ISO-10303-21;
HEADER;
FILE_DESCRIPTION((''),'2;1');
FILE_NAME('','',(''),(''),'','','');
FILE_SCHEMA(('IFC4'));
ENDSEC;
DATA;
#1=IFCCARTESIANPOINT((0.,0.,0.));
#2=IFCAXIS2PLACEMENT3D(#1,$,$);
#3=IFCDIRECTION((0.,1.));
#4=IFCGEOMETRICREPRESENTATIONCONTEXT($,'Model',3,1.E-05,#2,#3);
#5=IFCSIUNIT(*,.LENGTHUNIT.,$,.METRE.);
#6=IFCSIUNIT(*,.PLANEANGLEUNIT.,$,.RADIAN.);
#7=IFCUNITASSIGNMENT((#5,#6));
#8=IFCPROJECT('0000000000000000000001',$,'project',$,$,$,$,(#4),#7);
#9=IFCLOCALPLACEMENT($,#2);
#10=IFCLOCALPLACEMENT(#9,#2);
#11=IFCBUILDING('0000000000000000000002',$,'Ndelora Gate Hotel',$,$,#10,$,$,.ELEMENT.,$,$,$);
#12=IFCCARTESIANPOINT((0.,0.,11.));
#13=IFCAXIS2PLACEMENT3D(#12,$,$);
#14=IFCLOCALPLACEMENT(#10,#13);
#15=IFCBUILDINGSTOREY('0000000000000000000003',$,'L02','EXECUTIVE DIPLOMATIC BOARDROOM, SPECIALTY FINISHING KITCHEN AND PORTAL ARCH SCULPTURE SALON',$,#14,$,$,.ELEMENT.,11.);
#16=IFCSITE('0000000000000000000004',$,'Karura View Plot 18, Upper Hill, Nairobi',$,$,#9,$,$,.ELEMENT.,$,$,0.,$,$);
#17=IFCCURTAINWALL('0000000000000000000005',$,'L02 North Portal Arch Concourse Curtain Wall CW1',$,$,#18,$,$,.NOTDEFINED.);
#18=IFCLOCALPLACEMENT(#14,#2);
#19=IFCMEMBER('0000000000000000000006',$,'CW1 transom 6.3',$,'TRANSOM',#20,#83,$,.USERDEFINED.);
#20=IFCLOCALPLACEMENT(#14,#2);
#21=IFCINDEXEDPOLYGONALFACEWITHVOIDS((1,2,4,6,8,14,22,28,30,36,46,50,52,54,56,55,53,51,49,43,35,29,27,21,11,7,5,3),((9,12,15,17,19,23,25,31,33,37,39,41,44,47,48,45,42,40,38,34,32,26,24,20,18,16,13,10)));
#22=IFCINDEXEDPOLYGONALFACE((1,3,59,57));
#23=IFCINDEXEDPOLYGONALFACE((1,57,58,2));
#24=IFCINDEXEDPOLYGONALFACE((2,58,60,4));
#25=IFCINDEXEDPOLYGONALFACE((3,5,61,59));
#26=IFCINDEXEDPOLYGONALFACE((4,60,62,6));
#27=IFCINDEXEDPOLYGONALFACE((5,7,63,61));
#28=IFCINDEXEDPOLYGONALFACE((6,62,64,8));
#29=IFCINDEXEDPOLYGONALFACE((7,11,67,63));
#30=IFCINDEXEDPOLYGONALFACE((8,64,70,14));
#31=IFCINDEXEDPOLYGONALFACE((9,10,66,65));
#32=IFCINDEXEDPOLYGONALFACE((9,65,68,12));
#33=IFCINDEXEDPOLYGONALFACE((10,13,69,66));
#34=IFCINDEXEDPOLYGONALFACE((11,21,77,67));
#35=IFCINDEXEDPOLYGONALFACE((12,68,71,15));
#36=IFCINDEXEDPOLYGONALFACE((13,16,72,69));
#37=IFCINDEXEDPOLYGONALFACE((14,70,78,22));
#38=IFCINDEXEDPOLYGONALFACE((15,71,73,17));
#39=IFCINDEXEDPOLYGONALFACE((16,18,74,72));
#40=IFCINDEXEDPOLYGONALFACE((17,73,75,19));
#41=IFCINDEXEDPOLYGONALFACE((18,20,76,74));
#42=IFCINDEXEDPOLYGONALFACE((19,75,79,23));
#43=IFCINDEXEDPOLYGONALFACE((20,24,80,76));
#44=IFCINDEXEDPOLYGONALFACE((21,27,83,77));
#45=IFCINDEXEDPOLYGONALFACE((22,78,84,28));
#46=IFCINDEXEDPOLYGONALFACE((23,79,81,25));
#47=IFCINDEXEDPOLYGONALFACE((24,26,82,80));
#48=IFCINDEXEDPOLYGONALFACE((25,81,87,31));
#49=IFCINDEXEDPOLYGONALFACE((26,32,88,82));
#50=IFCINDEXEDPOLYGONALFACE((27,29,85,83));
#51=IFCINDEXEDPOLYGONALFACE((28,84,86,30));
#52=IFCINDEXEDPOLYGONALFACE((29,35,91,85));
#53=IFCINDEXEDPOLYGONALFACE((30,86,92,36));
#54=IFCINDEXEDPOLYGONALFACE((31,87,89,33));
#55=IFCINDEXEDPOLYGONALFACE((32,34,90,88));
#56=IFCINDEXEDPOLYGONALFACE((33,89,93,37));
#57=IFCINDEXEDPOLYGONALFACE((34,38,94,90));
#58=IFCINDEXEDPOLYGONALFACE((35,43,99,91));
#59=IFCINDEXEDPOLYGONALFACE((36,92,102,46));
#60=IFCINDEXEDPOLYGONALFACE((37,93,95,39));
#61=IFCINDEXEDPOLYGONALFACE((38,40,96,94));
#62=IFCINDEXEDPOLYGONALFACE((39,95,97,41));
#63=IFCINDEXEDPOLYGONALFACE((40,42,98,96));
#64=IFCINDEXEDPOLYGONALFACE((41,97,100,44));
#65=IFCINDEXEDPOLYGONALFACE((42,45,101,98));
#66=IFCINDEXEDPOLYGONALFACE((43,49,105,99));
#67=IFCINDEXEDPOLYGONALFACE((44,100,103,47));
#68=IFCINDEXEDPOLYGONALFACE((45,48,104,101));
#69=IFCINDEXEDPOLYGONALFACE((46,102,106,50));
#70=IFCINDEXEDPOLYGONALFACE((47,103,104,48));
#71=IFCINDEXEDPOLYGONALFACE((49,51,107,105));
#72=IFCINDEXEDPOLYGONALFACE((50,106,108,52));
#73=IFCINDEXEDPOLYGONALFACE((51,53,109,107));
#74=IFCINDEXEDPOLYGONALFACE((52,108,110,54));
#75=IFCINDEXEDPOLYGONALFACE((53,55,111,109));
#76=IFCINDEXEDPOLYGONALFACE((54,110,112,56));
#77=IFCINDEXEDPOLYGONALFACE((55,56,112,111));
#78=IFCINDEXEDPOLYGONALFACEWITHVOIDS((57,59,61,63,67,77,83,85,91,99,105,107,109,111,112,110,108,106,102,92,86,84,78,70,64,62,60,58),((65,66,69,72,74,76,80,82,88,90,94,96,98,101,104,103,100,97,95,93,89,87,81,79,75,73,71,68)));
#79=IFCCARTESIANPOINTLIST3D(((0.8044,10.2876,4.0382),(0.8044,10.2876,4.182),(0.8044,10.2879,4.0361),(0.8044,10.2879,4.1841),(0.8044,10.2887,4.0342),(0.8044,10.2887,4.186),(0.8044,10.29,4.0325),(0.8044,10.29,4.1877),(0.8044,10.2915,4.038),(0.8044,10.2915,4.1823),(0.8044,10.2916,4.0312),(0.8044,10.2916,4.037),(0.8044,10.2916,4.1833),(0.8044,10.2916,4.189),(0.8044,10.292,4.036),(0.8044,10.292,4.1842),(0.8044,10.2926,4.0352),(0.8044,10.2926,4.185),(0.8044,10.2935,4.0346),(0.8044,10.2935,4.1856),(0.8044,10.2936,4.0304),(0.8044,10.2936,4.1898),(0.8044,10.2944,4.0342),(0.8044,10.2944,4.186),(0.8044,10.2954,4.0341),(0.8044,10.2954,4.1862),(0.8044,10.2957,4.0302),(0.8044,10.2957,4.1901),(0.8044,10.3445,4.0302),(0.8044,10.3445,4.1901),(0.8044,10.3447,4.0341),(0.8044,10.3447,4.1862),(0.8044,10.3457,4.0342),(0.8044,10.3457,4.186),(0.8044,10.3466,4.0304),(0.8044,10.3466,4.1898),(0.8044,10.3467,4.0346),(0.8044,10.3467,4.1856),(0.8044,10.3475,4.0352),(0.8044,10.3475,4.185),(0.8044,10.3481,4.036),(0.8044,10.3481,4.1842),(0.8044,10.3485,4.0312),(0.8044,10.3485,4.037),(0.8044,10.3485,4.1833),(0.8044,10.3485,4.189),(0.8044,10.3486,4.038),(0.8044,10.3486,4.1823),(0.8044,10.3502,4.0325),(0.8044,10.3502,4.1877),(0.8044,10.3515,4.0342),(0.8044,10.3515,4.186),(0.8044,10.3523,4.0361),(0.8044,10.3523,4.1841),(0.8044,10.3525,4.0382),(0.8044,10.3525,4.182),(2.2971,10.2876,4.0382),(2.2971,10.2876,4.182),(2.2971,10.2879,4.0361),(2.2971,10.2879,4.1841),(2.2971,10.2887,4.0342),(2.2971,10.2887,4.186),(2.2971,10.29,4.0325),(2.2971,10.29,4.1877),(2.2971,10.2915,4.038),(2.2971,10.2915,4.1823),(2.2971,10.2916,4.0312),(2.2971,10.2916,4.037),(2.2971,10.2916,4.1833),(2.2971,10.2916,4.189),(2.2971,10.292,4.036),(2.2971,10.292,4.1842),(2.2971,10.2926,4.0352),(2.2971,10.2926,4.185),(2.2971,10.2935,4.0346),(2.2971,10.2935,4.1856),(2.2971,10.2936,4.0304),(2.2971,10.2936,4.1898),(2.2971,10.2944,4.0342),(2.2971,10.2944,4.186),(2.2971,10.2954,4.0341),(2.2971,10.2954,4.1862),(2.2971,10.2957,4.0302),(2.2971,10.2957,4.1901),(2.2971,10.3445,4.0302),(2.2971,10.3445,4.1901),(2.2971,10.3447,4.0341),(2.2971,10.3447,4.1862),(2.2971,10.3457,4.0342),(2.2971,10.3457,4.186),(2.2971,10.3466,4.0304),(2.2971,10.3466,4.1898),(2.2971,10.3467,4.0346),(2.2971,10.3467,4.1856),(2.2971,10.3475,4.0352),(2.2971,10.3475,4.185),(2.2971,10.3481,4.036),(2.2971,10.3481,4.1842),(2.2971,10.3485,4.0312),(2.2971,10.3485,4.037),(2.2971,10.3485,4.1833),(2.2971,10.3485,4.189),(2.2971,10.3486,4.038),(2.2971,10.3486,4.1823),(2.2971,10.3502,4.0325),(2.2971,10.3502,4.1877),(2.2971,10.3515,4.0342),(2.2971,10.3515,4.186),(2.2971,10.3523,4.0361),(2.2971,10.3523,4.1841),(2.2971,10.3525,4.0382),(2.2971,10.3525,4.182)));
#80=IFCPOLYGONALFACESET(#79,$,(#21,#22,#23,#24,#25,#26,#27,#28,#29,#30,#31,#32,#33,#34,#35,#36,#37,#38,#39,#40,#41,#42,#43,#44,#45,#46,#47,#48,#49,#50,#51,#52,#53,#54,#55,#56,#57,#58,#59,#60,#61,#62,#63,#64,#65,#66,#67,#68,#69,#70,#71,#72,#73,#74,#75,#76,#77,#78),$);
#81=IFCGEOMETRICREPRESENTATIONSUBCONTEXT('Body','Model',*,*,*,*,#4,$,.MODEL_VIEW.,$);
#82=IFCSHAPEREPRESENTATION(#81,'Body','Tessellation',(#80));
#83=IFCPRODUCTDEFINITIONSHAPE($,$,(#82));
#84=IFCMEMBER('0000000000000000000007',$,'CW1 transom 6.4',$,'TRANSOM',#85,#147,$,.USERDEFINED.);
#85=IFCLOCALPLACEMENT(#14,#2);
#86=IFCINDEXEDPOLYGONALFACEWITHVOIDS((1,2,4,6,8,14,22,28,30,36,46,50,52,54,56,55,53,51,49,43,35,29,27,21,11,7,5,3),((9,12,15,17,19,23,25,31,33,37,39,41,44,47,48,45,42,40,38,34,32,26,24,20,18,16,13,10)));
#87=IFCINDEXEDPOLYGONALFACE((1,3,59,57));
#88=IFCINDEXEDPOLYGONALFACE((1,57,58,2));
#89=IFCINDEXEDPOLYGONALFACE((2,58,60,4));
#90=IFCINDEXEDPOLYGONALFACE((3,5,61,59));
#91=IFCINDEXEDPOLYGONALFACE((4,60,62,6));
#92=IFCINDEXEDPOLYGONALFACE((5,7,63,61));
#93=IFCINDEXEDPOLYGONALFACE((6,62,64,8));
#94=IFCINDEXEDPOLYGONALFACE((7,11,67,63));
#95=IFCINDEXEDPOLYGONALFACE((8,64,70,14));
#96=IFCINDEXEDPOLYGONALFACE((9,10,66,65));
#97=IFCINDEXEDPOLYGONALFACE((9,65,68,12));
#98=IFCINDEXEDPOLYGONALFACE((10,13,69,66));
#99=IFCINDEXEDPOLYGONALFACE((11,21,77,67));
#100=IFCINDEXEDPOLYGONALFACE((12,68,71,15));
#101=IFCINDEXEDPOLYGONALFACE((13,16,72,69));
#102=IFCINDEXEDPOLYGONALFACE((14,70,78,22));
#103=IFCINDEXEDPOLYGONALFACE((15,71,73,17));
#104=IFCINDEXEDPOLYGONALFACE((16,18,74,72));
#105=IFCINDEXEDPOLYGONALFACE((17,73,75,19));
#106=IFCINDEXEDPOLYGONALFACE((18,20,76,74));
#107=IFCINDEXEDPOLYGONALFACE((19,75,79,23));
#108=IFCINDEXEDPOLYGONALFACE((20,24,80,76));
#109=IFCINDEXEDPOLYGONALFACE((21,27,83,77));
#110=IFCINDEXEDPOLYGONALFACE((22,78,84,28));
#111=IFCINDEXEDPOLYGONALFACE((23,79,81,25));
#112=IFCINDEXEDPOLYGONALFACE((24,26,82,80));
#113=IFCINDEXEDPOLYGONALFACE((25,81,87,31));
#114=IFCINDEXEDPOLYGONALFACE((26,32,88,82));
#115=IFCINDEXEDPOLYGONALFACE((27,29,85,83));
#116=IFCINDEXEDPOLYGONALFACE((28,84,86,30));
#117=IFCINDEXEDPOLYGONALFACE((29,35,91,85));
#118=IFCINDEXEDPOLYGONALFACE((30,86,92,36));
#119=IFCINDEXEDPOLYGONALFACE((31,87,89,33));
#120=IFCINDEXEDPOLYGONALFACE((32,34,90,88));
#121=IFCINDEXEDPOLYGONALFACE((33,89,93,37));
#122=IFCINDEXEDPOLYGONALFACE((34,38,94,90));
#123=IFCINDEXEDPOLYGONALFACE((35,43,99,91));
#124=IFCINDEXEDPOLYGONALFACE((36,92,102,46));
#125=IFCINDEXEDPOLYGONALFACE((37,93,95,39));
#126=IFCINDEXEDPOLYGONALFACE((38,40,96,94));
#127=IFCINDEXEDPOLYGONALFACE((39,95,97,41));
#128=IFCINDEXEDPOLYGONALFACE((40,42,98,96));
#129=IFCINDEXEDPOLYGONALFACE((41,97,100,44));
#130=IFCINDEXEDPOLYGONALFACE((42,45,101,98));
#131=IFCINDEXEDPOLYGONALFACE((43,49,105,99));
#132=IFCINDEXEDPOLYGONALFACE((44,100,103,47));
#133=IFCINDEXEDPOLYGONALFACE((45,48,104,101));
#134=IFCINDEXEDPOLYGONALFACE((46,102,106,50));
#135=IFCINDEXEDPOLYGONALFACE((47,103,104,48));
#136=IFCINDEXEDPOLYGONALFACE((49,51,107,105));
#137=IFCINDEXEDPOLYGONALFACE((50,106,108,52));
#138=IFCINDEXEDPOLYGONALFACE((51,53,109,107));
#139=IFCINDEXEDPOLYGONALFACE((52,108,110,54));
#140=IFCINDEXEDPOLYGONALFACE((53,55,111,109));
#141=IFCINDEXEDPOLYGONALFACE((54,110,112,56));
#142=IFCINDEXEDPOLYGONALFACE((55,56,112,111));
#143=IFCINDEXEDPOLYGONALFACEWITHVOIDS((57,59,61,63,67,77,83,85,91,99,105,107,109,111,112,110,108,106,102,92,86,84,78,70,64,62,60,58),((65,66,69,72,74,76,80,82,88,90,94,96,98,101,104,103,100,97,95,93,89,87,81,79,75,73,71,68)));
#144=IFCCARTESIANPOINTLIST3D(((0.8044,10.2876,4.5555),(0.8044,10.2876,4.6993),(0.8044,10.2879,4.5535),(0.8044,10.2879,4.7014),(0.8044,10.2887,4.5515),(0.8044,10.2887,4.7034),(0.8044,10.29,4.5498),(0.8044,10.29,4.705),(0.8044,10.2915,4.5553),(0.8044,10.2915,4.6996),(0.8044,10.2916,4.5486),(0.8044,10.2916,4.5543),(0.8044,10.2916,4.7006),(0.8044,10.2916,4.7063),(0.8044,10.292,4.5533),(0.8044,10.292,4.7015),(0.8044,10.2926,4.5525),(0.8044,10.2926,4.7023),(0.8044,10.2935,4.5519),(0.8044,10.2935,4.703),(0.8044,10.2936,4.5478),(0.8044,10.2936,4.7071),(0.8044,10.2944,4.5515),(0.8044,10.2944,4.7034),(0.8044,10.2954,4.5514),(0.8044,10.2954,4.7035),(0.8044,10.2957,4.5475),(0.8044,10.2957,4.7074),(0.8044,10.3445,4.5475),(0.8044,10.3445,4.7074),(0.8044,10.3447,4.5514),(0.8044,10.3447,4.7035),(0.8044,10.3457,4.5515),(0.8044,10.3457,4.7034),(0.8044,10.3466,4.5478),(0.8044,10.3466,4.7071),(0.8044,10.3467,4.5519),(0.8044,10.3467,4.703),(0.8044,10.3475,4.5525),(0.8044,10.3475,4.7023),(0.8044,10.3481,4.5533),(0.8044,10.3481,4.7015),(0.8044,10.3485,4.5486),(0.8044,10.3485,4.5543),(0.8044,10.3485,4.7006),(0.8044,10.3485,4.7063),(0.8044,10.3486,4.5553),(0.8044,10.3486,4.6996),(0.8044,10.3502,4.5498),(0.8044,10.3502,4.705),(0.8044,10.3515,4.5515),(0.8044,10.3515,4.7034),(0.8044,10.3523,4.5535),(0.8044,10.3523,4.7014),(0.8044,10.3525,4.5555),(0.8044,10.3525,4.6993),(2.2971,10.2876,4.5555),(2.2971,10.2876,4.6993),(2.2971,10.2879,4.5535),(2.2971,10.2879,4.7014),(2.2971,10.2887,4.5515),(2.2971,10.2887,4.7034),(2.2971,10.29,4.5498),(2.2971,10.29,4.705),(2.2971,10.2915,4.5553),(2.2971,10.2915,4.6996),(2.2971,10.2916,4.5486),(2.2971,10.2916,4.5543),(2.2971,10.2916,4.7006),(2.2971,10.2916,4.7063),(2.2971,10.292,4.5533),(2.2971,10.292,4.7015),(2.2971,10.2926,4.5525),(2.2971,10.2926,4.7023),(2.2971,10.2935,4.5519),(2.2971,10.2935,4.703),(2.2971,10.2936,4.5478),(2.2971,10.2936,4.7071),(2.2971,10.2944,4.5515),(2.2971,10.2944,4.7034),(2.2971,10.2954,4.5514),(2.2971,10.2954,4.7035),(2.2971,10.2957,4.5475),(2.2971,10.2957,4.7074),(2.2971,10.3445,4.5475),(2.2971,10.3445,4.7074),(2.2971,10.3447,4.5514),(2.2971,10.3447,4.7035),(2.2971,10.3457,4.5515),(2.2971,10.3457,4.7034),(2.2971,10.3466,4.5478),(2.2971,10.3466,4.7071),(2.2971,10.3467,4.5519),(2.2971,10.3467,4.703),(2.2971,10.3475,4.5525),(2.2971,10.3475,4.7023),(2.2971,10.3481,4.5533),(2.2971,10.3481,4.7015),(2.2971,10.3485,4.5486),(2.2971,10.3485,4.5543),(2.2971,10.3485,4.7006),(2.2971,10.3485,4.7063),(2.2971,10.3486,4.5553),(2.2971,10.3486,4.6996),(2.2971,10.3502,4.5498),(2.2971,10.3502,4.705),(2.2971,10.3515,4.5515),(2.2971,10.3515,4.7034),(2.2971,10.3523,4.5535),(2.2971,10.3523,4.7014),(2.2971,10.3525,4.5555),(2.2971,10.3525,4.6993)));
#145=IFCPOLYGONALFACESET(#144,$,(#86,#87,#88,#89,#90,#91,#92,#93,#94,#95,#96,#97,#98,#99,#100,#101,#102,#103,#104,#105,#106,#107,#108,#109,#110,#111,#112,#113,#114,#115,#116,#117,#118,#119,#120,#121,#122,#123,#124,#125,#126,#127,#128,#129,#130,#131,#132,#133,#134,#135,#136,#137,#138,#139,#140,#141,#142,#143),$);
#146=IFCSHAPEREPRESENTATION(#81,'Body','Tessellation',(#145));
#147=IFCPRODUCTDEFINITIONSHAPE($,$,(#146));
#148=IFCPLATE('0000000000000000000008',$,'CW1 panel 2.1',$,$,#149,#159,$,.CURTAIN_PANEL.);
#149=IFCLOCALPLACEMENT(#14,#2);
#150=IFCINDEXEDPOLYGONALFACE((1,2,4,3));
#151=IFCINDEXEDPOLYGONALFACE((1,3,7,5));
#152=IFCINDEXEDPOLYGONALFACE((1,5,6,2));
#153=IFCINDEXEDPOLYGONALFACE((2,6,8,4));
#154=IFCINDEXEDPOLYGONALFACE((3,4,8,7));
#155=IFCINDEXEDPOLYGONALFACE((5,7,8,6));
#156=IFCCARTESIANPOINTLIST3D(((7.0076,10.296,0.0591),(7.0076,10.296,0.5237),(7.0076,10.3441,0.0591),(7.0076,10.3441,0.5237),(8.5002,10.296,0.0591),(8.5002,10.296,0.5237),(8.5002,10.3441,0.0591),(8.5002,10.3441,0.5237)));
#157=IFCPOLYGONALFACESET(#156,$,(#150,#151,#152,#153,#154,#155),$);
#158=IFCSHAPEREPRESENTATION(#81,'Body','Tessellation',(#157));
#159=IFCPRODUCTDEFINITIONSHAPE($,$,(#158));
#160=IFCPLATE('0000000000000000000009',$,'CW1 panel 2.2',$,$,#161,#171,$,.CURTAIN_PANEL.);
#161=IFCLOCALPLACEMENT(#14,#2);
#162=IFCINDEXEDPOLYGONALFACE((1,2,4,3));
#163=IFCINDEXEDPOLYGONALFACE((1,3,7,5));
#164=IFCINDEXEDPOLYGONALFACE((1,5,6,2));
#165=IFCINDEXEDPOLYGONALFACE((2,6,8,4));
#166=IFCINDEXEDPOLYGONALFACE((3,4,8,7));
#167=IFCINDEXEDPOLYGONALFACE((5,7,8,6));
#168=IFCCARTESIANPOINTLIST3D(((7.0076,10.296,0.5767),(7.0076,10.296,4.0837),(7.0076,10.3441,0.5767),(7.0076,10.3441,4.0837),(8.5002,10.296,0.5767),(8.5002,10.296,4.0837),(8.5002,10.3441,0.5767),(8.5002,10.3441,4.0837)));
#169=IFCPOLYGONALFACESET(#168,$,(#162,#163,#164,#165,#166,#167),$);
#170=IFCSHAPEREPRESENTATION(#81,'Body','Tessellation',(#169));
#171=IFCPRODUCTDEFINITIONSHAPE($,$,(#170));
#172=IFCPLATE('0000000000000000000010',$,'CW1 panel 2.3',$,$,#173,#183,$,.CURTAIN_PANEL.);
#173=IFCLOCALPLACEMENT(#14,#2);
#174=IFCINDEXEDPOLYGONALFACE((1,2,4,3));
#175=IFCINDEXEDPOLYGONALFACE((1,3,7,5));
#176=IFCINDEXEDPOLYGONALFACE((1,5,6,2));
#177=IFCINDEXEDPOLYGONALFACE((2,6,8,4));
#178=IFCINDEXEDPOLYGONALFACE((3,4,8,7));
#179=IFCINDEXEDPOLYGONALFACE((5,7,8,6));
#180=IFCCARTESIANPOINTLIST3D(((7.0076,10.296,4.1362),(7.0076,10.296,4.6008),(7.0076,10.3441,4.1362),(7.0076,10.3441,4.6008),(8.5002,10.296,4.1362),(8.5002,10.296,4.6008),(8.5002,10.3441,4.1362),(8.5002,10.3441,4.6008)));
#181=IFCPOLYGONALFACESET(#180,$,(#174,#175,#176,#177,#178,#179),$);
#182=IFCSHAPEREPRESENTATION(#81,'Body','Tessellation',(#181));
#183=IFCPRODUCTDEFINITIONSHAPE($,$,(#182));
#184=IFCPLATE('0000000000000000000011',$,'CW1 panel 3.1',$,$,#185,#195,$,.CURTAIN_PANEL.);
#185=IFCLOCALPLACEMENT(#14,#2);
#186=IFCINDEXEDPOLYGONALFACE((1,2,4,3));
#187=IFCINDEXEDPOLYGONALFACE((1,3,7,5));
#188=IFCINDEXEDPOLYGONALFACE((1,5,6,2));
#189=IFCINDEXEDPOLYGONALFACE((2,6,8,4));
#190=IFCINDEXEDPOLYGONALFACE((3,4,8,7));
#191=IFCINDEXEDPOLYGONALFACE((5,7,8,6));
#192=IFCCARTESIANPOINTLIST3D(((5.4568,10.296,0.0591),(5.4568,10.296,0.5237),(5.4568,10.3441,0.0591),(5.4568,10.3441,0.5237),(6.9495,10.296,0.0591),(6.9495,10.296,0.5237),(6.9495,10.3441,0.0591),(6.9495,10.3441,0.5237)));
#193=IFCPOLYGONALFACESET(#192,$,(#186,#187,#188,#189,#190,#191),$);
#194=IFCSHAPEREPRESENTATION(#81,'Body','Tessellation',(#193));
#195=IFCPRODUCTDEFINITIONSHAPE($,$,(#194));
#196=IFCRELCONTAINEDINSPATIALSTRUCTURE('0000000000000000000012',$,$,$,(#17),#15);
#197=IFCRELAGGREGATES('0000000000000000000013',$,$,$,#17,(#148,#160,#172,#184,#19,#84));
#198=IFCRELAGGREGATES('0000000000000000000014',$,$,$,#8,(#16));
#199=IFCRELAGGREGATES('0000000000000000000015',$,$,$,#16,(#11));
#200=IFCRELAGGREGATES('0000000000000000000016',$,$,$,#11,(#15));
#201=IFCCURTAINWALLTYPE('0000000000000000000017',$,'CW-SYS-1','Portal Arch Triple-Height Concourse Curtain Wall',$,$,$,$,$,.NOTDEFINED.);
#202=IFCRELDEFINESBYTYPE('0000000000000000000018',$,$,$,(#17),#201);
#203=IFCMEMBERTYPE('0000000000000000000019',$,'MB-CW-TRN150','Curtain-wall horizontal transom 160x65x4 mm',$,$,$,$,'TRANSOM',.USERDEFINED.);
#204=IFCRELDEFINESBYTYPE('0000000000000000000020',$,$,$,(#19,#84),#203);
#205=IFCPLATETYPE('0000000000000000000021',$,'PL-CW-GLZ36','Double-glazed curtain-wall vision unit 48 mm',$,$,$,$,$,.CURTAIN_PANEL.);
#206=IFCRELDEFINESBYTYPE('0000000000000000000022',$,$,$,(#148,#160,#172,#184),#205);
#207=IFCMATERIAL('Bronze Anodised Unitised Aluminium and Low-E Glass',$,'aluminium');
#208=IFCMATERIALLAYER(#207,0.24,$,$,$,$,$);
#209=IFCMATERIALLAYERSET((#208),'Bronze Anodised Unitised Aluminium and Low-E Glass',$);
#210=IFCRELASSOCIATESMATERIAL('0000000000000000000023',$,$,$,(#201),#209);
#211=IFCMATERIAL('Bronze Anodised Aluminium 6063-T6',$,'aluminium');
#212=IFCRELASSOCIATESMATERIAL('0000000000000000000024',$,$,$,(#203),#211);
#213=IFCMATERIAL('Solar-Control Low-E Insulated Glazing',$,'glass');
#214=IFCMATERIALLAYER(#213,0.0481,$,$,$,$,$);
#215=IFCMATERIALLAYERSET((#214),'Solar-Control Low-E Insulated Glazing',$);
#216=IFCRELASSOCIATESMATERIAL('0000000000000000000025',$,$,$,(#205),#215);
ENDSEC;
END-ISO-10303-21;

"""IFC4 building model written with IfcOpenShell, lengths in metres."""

from ifc_helpers import new_model, si_unit, direction, frame, origin, origin_2d, place, context, subcontext, project, spatial, rectangle, hollow_rectangle, extrude, material, layer, layer_set, material_profile, profile_set, type_object, element, aggregate, save


model = new_model("IFC4")

# Units and contexts
model_context = context("Model", 3, precision=1e-05, world=origin(), true_north=direction((0.0, 1.0)))
body_context = subcontext(model_context, "Body", "Model", "MODEL_VIEW")
ifc_project = project(units=[si_unit("LENGTHUNIT", "METRE"), si_unit("PLANEANGLEUNIT", "RADIAN")], contexts=[model_context])

# Site, building, storey
site_placement = place(None, origin())
site = spatial("IfcSite", under=ifc_project, at=site_placement, Name="Karura View Plot 18, Upper Hill, Nairobi", CompositionType="ELEMENT", RefElevation=0.0)
building_placement = place(site_placement, origin())
building = spatial("IfcBuilding", under=site, at=building_placement, Name="Ndelora Gate Hotel", CompositionType="ELEMENT")
storey_placement = place(building_placement, frame((0.0, 0.0, 11.0)))
storey = spatial("IfcBuildingStorey", under=building, at=storey_placement, Name="L02", Description="EXECUTIVE DIPLOMATIC BOARDROOM, SPECIALTY FINISHING KITCHEN AND PORTAL ARCH SCULPTURE SALON", CompositionType="ELEMENT", Elevation=11.0)

# Curtain wall, members, plates
ifc_material_1 = material(Name="Bronze Anodised Unitised Aluminium and Low-E Glass", Category="aluminium")
ifc_layer_1 = layer(ifc_material_1, 0.24)
ifc_layer_set_1 = layer_set([ifc_layer_1], Name="Bronze Anodised Unitised Aluminium and Low-E Glass")
curtain_wall_type = type_object("IfcCurtainWallType", Name="CW-SYS-1", Description="Portal Arch Triple-Height Concourse Curtain Wall", PredefinedType="NOTDEFINED", material=ifc_layer_set_1)
curtain_wall_placement = place(storey_placement, origin())
curtain_wall = element("IfcCurtainWall", 1, at=curtain_wall_placement, inside=storey, type_object=curtain_wall_type, Name="L02 North Portal Arch Concourse Curtain Wall CW1", PredefinedType="NOTDEFINED")
ifc_material_2 = material(Name="Bronze Anodised Aluminium 6063-T6", Category="aluminium")
ifc_material_profile_1 = material_profile(ifc_material_2, hollow_rectangle(XDim=0.0649, YDim=0.1599, WallThickness=0.0039, InnerFilletRadius=0.0039, OuterFilletRadius=0.0081, at=origin_2d()), Name="ALU 160x65x4")
ifc_profile_set_1 = profile_set([ifc_material_profile_1], Name="Bronze Anodised Aluminium 6063-T6")
member_type_1 = type_object("IfcMemberType", Name="MB-CW-TRN150", Description="Curtain-wall horizontal transom 160x65x4 mm", ElementType="TRANSOM", PredefinedType="USERDEFINED", material=ifc_profile_set_1)
member_1_placement = place(storey_placement, frame((2.2971, 10.3201, 4.1101), z_axis=(-1.0, 0.0, 0.0), x_axis=(0.0, -1.0, 0.0)))
member_1 = element("IfcMember", 2, at=member_1_placement, type_object=member_type_1, Name="CW1 transom 6.3", ObjectType="TRANSOM", PredefinedType="USERDEFINED", context=body_context, shape_type="SweptSolid", body=[
    extrude(hollow_rectangle(XDim=0.0649, YDim=0.1599, WallThickness=0.0039, InnerFilletRadius=0.0039, OuterFilletRadius=0.0081, at=origin_2d()), origin(), (0.0, 0.0, 1.0), 1.4927),
])
member_2_placement = place(storey_placement, frame((2.2971, 10.3201, 4.6274), z_axis=(-1.0, 0.0, 0.0), x_axis=(0.0, -1.0, 0.0)))
member_2 = element("IfcMember", 3, at=member_2_placement, type_object=member_type_1, Name="CW1 transom 6.4", ObjectType="TRANSOM", PredefinedType="USERDEFINED", context=body_context, shape_type="SweptSolid", body=[
    extrude(hollow_rectangle(XDim=0.0649, YDim=0.1599, WallThickness=0.0039, InnerFilletRadius=0.0039, OuterFilletRadius=0.0081, at=origin_2d()), origin(), (0.0, 0.0, 1.0), 1.4927),
])
ifc_material_3 = material(Name="Solar-Control Low-E Insulated Glazing", Category="glass")
ifc_layer_2 = layer(ifc_material_3, 0.0481)
ifc_layer_set_2 = layer_set([ifc_layer_2], Name="Solar-Control Low-E Insulated Glazing")
plate_type_1 = type_object("IfcPlateType", Name="PL-CW-GLZ36", Description="Double-glazed curtain-wall vision unit 48 mm", PredefinedType="CURTAIN_PANEL", material=ifc_layer_set_2)
plate_1_placement = place(storey_placement, frame((7.7539, 10.3201, 0.0591), z_axis=(0.0, 0.0, 1.0), x_axis=(-1.0, 0.0, 0.0)))
plate_1 = element("IfcPlate", 4, at=plate_1_placement, type_object=plate_type_1, Name="CW1 panel 2.1", PredefinedType="CURTAIN_PANEL", context=body_context, shape_type="SweptSolid", body=[
    extrude(rectangle(XDim=1.4927, YDim=0.0481, at=origin_2d()), origin(), (0.0, 0.0, 1.0), 0.4646),
])
plate_2_placement = place(storey_placement, frame((7.7539, 10.3201, 0.5767), z_axis=(0.0, 0.0, 1.0), x_axis=(-1.0, 0.0, 0.0)))
plate_2 = element("IfcPlate", 5, at=plate_2_placement, type_object=plate_type_1, Name="CW1 panel 2.2", PredefinedType="CURTAIN_PANEL", context=body_context, shape_type="SweptSolid", body=[
    extrude(rectangle(XDim=1.4927, YDim=0.0481, at=origin_2d()), origin(), (0.0, 0.0, 1.0), 3.5071),
])
plate_3_placement = place(storey_placement, frame((7.7539, 10.3201, 4.1362), z_axis=(0.0, 0.0, 1.0), x_axis=(-1.0, 0.0, 0.0)))
plate_3 = element("IfcPlate", 6, at=plate_3_placement, type_object=plate_type_1, Name="CW1 panel 2.3", PredefinedType="CURTAIN_PANEL", context=body_context, shape_type="SweptSolid", body=[
    extrude(rectangle(XDim=1.4927, YDim=0.0481, at=origin_2d()), origin(), (0.0, 0.0, 1.0), 0.4646),
])
plate_4_placement = place(storey_placement, frame((6.2031, 10.3201, 0.0591), z_axis=(0.0, 0.0, 1.0), x_axis=(-1.0, 0.0, 0.0)))
plate_4 = element("IfcPlate", 7, at=plate_4_placement, type_object=plate_type_1, Name="CW1 panel 3.1", PredefinedType="CURTAIN_PANEL", context=body_context, shape_type="SweptSolid", body=[
    extrude(rectangle(XDim=1.4927, YDim=0.0481, at=origin_2d()), origin(), (0.0, 0.0, 1.0), 0.4646),
])
aggregate(curtain_wall, [plate_1, plate_2, plate_3, plate_4, member_1, member_2])

save(model, "model.ifc")
